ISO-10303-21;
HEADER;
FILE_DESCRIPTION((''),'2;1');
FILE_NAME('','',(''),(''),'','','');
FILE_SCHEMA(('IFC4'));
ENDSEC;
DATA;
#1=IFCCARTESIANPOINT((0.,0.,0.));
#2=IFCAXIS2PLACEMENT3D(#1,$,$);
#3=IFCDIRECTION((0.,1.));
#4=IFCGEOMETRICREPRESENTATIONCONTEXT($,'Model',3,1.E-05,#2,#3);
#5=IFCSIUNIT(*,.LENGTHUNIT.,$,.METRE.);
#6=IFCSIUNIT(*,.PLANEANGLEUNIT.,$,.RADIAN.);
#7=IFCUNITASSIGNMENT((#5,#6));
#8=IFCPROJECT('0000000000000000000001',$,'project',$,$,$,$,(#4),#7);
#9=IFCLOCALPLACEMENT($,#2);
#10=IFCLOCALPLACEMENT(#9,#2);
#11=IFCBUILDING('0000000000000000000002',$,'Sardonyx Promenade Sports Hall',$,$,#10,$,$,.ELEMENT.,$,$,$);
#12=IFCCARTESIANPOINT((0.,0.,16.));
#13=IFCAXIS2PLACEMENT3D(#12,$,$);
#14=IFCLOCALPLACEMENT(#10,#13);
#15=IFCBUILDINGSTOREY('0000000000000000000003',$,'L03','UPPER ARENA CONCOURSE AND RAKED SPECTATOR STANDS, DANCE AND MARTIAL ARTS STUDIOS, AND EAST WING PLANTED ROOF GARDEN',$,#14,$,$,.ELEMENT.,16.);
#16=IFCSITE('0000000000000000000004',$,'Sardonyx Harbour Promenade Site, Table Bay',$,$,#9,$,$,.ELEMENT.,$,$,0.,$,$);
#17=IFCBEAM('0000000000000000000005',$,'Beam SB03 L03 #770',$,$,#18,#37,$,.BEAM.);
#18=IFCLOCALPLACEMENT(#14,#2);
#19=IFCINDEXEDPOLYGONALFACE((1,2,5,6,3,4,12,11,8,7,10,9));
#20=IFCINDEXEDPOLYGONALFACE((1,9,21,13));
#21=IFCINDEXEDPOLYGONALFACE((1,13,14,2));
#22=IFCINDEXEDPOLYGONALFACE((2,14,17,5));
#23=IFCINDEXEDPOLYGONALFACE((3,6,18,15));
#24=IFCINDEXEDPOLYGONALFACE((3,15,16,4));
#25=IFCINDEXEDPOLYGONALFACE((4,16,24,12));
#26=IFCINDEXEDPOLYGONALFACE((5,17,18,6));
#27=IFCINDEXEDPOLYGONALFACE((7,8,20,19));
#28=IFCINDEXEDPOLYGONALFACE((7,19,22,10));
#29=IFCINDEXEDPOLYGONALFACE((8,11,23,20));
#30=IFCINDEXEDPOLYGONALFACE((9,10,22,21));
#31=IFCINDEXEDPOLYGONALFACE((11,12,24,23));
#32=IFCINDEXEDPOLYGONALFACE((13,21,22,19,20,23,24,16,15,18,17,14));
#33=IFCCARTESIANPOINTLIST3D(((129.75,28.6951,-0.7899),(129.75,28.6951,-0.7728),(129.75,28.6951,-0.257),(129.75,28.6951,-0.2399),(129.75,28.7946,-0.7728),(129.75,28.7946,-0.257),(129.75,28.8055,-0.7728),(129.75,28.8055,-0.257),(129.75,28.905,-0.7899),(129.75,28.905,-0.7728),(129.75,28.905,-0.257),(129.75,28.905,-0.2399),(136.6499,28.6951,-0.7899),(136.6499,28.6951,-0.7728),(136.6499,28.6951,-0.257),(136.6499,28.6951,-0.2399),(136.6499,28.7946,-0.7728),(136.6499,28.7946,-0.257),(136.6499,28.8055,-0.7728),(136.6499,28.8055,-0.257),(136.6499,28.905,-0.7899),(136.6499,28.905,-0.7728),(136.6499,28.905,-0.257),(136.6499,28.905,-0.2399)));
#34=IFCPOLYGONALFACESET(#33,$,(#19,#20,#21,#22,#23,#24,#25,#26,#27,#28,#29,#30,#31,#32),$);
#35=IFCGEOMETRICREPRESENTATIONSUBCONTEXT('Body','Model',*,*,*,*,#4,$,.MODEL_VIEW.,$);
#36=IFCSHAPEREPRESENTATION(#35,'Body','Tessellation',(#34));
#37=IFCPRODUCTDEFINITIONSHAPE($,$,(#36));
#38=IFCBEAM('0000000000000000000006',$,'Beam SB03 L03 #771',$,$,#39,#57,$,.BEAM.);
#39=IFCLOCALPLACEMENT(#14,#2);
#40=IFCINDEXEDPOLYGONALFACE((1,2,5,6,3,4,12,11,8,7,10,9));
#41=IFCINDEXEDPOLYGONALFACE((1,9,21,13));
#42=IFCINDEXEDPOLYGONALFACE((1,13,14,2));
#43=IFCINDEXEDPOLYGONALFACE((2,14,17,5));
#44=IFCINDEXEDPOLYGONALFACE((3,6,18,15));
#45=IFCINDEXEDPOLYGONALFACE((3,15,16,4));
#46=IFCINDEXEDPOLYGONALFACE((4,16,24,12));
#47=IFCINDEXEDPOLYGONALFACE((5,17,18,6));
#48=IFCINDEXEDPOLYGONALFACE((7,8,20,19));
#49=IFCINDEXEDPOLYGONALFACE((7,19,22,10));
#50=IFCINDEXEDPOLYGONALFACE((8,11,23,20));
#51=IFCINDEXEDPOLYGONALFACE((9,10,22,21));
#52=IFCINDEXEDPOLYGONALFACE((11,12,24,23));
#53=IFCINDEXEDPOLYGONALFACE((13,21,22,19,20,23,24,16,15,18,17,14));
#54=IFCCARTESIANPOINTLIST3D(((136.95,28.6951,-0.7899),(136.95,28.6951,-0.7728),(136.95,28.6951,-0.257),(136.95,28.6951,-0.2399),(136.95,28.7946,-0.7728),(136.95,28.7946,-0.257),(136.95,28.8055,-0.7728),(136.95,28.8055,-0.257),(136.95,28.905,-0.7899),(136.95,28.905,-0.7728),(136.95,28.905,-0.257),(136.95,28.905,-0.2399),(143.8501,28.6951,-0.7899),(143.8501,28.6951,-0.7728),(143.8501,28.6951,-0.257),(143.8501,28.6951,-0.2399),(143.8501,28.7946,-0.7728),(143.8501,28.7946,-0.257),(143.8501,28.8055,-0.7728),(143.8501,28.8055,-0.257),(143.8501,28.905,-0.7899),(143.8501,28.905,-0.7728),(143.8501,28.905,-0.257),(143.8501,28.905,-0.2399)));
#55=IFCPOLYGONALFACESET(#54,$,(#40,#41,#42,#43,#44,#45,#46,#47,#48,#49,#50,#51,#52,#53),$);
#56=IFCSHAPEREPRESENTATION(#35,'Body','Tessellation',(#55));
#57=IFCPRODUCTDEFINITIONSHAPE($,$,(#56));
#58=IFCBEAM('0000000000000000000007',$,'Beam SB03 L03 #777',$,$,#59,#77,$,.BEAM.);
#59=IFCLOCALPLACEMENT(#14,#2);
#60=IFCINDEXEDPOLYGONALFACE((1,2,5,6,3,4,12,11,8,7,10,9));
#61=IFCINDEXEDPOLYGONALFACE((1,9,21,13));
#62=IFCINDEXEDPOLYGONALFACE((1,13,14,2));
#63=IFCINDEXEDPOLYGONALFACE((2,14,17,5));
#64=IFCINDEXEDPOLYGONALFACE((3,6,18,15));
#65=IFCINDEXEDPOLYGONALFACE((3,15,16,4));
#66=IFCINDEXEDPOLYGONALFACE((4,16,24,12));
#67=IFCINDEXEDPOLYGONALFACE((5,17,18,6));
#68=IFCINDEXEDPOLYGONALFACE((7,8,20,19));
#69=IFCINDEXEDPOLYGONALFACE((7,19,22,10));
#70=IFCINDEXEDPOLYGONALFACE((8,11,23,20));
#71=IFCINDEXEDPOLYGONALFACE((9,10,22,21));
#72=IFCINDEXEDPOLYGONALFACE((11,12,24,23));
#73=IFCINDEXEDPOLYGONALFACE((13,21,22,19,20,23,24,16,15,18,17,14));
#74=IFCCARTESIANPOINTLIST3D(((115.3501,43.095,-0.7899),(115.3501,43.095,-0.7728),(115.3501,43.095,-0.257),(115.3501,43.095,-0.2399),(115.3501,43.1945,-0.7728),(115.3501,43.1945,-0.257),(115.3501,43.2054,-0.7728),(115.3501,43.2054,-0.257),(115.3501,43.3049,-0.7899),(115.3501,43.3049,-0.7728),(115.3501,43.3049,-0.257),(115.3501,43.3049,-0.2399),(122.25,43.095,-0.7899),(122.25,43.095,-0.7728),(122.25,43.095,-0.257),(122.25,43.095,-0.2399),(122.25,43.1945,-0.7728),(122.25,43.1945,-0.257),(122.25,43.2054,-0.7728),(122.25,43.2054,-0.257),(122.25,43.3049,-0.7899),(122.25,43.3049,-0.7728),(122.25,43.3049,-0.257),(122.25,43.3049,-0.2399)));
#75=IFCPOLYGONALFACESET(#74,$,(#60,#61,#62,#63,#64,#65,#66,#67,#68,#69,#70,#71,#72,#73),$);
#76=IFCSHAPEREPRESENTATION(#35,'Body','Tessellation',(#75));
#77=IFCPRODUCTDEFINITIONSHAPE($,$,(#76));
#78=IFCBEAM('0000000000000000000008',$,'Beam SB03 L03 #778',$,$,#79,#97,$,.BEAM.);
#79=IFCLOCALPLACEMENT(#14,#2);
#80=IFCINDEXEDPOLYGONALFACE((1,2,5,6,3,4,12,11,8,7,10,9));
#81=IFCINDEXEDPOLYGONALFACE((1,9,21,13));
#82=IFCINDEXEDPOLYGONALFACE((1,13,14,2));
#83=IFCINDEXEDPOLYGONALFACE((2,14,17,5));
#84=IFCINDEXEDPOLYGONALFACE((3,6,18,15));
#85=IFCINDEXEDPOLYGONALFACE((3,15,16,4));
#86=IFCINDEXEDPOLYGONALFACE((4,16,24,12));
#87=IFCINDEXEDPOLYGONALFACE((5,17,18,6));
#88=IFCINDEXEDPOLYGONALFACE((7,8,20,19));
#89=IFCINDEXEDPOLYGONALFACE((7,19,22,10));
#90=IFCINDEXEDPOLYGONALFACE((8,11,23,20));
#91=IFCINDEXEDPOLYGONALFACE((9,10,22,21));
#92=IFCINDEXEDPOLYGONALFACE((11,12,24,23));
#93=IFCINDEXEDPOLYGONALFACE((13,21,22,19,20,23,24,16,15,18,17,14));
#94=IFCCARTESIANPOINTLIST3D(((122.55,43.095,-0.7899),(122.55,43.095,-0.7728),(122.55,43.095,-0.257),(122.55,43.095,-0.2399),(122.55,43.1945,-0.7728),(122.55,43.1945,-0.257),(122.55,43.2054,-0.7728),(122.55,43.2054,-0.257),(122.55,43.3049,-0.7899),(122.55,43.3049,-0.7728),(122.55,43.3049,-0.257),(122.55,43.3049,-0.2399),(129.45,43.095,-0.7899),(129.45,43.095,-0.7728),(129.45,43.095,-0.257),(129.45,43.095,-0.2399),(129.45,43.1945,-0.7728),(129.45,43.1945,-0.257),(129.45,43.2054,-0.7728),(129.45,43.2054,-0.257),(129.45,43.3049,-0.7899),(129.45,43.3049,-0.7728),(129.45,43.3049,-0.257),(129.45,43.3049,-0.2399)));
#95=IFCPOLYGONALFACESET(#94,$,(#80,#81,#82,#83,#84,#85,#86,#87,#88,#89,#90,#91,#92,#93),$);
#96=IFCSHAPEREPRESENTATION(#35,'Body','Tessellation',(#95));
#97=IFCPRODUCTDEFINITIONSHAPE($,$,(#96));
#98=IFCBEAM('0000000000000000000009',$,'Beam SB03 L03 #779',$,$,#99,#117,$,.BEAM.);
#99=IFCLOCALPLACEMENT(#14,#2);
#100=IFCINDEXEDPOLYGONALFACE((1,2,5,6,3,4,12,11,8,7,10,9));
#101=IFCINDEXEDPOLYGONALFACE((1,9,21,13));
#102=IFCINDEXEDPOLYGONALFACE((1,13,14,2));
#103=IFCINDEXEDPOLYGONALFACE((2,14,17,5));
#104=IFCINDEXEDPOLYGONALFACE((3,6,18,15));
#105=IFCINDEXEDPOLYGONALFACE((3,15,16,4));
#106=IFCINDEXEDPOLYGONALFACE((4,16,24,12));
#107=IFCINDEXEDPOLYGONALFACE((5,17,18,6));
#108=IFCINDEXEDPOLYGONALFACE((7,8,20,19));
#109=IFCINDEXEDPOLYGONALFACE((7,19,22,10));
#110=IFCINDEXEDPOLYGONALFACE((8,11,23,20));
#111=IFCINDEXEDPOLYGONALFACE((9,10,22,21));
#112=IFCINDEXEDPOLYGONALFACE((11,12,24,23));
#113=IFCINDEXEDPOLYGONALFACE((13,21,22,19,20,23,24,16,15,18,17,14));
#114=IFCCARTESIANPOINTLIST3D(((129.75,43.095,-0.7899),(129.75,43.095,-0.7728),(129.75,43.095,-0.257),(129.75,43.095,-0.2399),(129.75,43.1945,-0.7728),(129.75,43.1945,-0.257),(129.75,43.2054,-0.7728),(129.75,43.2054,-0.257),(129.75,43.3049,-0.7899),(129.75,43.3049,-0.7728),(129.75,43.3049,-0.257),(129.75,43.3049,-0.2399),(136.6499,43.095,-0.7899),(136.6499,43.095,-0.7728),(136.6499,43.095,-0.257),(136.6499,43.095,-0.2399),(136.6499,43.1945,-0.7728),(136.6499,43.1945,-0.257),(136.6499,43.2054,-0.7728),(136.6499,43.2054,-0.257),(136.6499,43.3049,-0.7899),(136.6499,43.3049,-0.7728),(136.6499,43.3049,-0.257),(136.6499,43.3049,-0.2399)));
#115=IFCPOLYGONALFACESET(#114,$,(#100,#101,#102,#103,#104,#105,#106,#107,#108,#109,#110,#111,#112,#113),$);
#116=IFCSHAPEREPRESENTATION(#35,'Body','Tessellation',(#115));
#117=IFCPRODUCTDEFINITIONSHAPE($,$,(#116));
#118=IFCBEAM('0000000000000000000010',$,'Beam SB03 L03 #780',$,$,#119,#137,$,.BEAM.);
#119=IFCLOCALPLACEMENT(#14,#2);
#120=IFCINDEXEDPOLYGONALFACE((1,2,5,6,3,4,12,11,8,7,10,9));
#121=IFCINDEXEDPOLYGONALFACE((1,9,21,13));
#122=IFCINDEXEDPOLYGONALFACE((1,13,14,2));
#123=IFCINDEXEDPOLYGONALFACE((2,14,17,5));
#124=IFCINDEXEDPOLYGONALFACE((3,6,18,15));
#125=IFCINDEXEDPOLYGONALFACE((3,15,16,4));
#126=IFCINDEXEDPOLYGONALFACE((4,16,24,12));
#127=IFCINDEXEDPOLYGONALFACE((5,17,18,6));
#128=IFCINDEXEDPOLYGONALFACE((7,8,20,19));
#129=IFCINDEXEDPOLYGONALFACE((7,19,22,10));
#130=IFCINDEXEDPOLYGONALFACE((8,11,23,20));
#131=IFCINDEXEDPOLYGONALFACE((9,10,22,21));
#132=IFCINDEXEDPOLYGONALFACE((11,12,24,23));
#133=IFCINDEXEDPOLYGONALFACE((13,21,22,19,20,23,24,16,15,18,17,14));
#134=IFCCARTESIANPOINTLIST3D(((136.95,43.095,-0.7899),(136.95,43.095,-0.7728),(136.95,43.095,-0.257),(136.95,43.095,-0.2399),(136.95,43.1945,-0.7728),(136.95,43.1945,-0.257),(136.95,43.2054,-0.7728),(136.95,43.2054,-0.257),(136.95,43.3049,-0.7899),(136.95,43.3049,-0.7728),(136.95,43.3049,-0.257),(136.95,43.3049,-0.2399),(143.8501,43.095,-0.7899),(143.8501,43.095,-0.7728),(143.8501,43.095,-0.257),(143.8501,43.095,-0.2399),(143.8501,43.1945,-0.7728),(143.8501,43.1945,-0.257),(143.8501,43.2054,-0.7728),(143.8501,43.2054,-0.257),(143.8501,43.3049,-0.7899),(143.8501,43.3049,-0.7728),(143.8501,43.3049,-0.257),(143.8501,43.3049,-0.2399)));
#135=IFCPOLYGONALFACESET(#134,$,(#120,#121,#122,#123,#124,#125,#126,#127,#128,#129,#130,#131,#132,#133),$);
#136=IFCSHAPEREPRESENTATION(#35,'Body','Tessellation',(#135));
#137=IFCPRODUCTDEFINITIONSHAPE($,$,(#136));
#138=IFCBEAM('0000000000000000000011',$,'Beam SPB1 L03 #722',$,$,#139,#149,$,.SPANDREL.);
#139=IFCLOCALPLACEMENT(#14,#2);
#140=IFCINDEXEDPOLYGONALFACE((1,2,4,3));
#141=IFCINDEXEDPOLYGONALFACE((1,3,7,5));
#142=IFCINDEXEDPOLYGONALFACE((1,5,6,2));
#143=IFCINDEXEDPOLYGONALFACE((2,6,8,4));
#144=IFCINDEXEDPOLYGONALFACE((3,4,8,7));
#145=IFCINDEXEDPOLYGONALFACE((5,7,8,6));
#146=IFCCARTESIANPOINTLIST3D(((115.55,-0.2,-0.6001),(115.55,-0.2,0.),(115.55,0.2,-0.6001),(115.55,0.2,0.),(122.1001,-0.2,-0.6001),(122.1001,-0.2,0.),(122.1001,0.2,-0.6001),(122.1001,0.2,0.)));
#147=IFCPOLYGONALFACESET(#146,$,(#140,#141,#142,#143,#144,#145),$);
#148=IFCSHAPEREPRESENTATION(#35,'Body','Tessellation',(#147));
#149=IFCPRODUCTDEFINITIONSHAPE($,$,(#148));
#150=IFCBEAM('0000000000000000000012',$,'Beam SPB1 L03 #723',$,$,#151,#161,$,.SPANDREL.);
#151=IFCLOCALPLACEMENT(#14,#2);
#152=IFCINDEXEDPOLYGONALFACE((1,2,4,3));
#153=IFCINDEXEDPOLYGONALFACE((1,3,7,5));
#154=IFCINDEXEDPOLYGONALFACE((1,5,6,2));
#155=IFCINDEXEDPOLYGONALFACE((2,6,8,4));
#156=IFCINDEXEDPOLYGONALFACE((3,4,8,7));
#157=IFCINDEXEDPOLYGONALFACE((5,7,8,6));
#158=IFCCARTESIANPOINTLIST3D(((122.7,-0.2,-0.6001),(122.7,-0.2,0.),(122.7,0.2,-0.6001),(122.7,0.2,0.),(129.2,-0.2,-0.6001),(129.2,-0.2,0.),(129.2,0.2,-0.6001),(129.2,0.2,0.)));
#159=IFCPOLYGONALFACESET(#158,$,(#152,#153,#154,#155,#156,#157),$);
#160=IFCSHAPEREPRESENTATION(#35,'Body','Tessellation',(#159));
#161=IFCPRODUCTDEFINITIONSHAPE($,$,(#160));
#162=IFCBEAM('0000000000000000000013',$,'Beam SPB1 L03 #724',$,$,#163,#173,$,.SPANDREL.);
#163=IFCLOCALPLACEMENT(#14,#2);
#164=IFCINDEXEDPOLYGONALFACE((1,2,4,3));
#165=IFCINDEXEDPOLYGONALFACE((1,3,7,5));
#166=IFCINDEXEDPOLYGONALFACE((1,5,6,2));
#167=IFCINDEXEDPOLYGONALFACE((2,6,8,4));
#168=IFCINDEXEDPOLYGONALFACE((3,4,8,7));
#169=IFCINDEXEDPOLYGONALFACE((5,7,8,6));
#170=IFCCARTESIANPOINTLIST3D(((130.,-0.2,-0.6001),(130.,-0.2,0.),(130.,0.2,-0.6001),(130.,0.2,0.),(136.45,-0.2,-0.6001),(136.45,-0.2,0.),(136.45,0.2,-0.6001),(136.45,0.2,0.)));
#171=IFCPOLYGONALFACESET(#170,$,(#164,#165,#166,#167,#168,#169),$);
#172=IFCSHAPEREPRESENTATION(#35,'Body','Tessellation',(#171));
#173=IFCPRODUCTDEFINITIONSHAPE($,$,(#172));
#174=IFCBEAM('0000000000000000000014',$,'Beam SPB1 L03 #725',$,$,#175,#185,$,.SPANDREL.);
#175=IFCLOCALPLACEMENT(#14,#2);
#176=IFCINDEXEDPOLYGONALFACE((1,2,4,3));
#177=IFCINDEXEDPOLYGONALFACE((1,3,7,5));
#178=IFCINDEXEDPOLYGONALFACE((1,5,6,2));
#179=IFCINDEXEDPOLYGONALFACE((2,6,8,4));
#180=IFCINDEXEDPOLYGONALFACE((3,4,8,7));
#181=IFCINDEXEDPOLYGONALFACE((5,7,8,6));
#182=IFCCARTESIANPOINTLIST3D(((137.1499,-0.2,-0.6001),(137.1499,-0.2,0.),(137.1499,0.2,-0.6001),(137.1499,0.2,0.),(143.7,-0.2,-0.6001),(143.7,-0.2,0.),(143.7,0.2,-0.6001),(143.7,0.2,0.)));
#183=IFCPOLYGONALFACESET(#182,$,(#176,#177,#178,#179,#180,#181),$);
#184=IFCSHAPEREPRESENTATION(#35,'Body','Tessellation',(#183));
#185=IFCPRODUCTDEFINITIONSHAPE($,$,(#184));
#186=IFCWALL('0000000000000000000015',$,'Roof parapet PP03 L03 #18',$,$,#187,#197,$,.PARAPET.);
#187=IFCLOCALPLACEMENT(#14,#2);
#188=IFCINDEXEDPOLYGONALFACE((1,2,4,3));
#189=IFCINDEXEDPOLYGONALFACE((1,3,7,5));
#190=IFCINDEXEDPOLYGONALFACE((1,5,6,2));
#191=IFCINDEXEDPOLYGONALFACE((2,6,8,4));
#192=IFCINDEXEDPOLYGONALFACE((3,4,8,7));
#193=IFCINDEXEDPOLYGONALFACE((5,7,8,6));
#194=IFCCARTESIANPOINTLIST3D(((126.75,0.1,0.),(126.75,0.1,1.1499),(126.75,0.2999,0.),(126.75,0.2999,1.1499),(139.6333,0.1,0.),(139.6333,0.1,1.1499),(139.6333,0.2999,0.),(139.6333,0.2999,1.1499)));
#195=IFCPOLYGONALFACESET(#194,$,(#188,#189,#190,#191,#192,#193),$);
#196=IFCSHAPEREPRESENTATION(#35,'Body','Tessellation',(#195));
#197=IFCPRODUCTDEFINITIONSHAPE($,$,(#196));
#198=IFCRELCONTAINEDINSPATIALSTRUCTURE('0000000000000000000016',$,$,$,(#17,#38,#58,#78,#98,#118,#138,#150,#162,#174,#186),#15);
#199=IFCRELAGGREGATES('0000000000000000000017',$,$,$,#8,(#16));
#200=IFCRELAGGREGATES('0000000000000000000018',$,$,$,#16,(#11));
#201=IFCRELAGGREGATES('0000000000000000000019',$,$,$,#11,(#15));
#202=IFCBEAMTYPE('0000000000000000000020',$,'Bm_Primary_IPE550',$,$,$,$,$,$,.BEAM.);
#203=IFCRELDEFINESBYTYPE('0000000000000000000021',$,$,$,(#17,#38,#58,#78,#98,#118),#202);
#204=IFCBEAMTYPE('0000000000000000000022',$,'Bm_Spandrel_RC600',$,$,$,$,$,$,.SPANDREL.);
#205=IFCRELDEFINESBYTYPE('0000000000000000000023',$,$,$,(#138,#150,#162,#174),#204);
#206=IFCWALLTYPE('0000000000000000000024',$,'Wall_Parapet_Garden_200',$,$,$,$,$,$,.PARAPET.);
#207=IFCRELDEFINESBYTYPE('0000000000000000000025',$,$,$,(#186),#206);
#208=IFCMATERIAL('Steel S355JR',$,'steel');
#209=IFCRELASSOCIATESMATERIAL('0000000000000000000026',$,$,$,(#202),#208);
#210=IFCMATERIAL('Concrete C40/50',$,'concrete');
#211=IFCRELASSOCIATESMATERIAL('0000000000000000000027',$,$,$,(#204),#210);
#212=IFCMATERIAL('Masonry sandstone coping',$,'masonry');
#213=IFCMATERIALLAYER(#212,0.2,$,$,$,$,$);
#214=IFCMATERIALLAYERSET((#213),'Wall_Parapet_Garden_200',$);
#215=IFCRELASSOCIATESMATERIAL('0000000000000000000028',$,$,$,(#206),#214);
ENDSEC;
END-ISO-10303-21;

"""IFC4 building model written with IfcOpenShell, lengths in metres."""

from ifc_helpers import new_model, si_unit, direction, frame, frame_2d, origin, origin_2d, place, context, subcontext, project, spatial, rectangle, i_section, extrude, material, layer, layer_set, material_profile, profile_set, type_object, element, save


model = new_model("IFC4")

# Units and contexts
model_context = context("Model", 3, precision=1e-05, world=origin(), true_north=direction((0.0, 1.0)))
body_context = subcontext(model_context, "Body", "Model", "MODEL_VIEW")
ifc_project = project(units=[si_unit("LENGTHUNIT", "METRE"), si_unit("PLANEANGLEUNIT", "RADIAN")], contexts=[model_context])

# Site, building, storey
site_placement = place(None, origin())
site = spatial("IfcSite", under=ifc_project, at=site_placement, Name="Sardonyx Harbour Promenade Site, Table Bay", CompositionType="ELEMENT", RefElevation=0.0)
building_placement = place(site_placement, origin())
building = spatial("IfcBuilding", under=site, at=building_placement, Name="Sardonyx Promenade Sports Hall", CompositionType="ELEMENT")
storey_placement = place(building_placement, frame((0.0, 0.0, 16.0)))
storey = spatial("IfcBuildingStorey", under=building, at=storey_placement, Name="L03", Description="UPPER ARENA CONCOURSE AND RAKED SPECTATOR STANDS, DANCE AND MARTIAL ARTS STUDIOS, AND EAST WING PLANTED ROOF GARDEN", CompositionType="ELEMENT", Elevation=16.0)

# Beams
ifc_material_1 = material(Name="Steel S355JR", Category="steel")
ifc_material_profile_1 = material_profile(ifc_material_1, i_section(OverallWidth=0.21, OverallDepth=0.55, WebThickness=0.011, FlangeThickness=0.0171, at=origin_2d()))
ifc_profile_set_1 = profile_set([ifc_material_profile_1], Name="Steel S355JR")
beam_type_1 = type_object("IfcBeamType", Name="Bm_Primary_IPE550", PredefinedType="BEAM", material=ifc_profile_set_1)
for number, where, z_axis, x_axis, name in (
    (1, (129.75, 28.8, -0.5149), (1.0, 0.0, 0.0), (0.0, 1.0, 0.0), "Beam SB03 L03 #770"),
):
    element("IfcBeam", number, at=place(storey_placement, frame(where, z_axis=z_axis, x_axis=x_axis)), inside=storey, type_object=beam_type_1, Name=name, PredefinedType="BEAM", context=body_context, shape_type="SweptSolid", body=[
        extrude(i_section(OverallWidth=0.21, OverallDepth=0.55, WebThickness=0.011, FlangeThickness=0.0171, at=origin_2d()), origin(), (0.0, 0.0, 1.0), 6.8999),
    ])
beam_1_placement = place(storey_placement, frame((136.95, 28.8, -0.5149), z_axis=(1.0, 0.0, 0.0), x_axis=(0.0, 1.0, 0.0)))
element("IfcBeam", 2, at=beam_1_placement, inside=storey, type_object=beam_type_1, Name="Beam SB03 L03 #771", PredefinedType="BEAM", context=body_context, shape_type="SweptSolid", body=[
    extrude(i_section(OverallWidth=0.21, OverallDepth=0.55, WebThickness=0.011, FlangeThickness=0.0171, at=origin_2d()), origin(), (0.0, 0.0, 1.0), 6.9001),
])
for number, where, z_axis, x_axis, name in (
    (3, (115.3501, 43.2, -0.5149), (1.0, 0.0, 0.0), (0.0, 1.0, 0.0), "Beam SB03 L03 #777"),
    (4, (122.55, 43.2, -0.5149), (1.0, 0.0, 0.0), (0.0, 1.0, 0.0), "Beam SB03 L03 #778"),
    (5, (129.75, 43.2, -0.5149), (1.0, 0.0, 0.0), (0.0, 1.0, 0.0), "Beam SB03 L03 #779"),
):
    element("IfcBeam", number, at=place(storey_placement, frame(where, z_axis=z_axis, x_axis=x_axis)), inside=storey, type_object=beam_type_1, Name=name, PredefinedType="BEAM", context=body_context, shape_type="SweptSolid", body=[
        extrude(i_section(OverallWidth=0.21, OverallDepth=0.55, WebThickness=0.011, FlangeThickness=0.0171, at=origin_2d()), origin(), (0.0, 0.0, 1.0), 6.8999),
    ])
beam_2_placement = place(storey_placement, frame((136.95, 43.2, -0.5149), z_axis=(1.0, 0.0, 0.0), x_axis=(0.0, 1.0, 0.0)))
element("IfcBeam", 6, at=beam_2_placement, inside=storey, type_object=beam_type_1, Name="Beam SB03 L03 #780", PredefinedType="BEAM", context=body_context, shape_type="SweptSolid", body=[
    extrude(i_section(OverallWidth=0.21, OverallDepth=0.55, WebThickness=0.011, FlangeThickness=0.0171, at=origin_2d()), origin(), (0.0, 0.0, 1.0), 6.9001),
])
ifc_material_2 = material(Name="Concrete C40/50", Category="concrete")
ifc_material_profile_2 = material_profile(ifc_material_2, rectangle(XDim=0.3999, YDim=0.6001, at=origin_2d()))
ifc_profile_set_2 = profile_set([ifc_material_profile_2], Name="Concrete C40/50")
beam_type_2 = type_object("IfcBeamType", Name="Bm_Spandrel_RC600", PredefinedType="SPANDREL", material=ifc_profile_set_2)
beam_3_placement = place(storey_placement, frame((115.55, 0.0, -0.3), z_axis=(1.0, 0.0, 0.0), x_axis=(0.0, 1.0, 0.0)))
element("IfcBeam", 7, at=beam_3_placement, inside=storey, type_object=beam_type_2, Name="Beam SPB1 L03 #722", PredefinedType="SPANDREL", context=body_context, shape_type="SweptSolid", body=[
    extrude(rectangle(XDim=0.3999, YDim=0.6001, at=origin_2d()), origin(), (0.0, 0.0, 1.0), 6.55),
])
beam_4_placement = place(storey_placement, frame((122.7, 0.0, -0.3), z_axis=(1.0, 0.0, 0.0), x_axis=(0.0, 1.0, 0.0)))
element("IfcBeam", 8, at=beam_4_placement, inside=storey, type_object=beam_type_2, Name="Beam SPB1 L03 #723", PredefinedType="SPANDREL", context=body_context, shape_type="SweptSolid", body=[
    extrude(rectangle(XDim=0.3999, YDim=0.6001, at=origin_2d()), origin(), (0.0, 0.0, 1.0), 6.5),
])
beam_5_placement = place(storey_placement, frame((130.0, 0.0, -0.3), z_axis=(1.0, 0.0, 0.0), x_axis=(0.0, 1.0, 0.0)))
element("IfcBeam", 9, at=beam_5_placement, inside=storey, type_object=beam_type_2, Name="Beam SPB1 L03 #724", PredefinedType="SPANDREL", context=body_context, shape_type="SweptSolid", body=[
    extrude(rectangle(XDim=0.3999, YDim=0.6001, at=origin_2d()), origin(), (0.0, 0.0, 1.0), 6.45),
])
beam_6_placement = place(storey_placement, frame((137.1499, 0.0, -0.3), z_axis=(1.0, 0.0, 0.0), x_axis=(0.0, 1.0, 0.0)))
element("IfcBeam", 10, at=beam_6_placement, inside=storey, type_object=beam_type_2, Name="Beam SPB1 L03 #725", PredefinedType="SPANDREL", context=body_context, shape_type="SweptSolid", body=[
    extrude(rectangle(XDim=0.3999, YDim=0.6001, at=origin_2d()), origin(), (0.0, 0.0, 1.0), 6.55),
])

# Wall
ifc_material_3 = material(Name="Masonry sandstone coping", Category="masonry")
ifc_layer = layer(ifc_material_3, 0.2)
ifc_layer_set = layer_set([ifc_layer], Name="Wall_Parapet_Garden_200")
wall_type = type_object("IfcWallType", Name="Wall_Parapet_Garden_200", PredefinedType="PARAPET", material=ifc_layer_set)
for number, where, z_axis, x_axis, name in (
    (11, (126.75, 0.2, 0.0), (0.0, 0.0, 1.0), (1.0, 0.0, 0.0), "Roof parapet PP03 L03 #18"),
):
    element("IfcWall", number, at=place(storey_placement, frame(where, z_axis=z_axis, x_axis=x_axis)), inside=storey, type_object=wall_type, Name=name, PredefinedType="PARAPET", context=body_context, shape_type="SweptSolid", body=[
        extrude(rectangle(XDim=12.8833, YDim=0.2, at=frame_2d((6.4417, 0.0))), origin(), (0.0, 0.0, 1.0), 1.1499),
    ])

save(model, "model.ifc")
